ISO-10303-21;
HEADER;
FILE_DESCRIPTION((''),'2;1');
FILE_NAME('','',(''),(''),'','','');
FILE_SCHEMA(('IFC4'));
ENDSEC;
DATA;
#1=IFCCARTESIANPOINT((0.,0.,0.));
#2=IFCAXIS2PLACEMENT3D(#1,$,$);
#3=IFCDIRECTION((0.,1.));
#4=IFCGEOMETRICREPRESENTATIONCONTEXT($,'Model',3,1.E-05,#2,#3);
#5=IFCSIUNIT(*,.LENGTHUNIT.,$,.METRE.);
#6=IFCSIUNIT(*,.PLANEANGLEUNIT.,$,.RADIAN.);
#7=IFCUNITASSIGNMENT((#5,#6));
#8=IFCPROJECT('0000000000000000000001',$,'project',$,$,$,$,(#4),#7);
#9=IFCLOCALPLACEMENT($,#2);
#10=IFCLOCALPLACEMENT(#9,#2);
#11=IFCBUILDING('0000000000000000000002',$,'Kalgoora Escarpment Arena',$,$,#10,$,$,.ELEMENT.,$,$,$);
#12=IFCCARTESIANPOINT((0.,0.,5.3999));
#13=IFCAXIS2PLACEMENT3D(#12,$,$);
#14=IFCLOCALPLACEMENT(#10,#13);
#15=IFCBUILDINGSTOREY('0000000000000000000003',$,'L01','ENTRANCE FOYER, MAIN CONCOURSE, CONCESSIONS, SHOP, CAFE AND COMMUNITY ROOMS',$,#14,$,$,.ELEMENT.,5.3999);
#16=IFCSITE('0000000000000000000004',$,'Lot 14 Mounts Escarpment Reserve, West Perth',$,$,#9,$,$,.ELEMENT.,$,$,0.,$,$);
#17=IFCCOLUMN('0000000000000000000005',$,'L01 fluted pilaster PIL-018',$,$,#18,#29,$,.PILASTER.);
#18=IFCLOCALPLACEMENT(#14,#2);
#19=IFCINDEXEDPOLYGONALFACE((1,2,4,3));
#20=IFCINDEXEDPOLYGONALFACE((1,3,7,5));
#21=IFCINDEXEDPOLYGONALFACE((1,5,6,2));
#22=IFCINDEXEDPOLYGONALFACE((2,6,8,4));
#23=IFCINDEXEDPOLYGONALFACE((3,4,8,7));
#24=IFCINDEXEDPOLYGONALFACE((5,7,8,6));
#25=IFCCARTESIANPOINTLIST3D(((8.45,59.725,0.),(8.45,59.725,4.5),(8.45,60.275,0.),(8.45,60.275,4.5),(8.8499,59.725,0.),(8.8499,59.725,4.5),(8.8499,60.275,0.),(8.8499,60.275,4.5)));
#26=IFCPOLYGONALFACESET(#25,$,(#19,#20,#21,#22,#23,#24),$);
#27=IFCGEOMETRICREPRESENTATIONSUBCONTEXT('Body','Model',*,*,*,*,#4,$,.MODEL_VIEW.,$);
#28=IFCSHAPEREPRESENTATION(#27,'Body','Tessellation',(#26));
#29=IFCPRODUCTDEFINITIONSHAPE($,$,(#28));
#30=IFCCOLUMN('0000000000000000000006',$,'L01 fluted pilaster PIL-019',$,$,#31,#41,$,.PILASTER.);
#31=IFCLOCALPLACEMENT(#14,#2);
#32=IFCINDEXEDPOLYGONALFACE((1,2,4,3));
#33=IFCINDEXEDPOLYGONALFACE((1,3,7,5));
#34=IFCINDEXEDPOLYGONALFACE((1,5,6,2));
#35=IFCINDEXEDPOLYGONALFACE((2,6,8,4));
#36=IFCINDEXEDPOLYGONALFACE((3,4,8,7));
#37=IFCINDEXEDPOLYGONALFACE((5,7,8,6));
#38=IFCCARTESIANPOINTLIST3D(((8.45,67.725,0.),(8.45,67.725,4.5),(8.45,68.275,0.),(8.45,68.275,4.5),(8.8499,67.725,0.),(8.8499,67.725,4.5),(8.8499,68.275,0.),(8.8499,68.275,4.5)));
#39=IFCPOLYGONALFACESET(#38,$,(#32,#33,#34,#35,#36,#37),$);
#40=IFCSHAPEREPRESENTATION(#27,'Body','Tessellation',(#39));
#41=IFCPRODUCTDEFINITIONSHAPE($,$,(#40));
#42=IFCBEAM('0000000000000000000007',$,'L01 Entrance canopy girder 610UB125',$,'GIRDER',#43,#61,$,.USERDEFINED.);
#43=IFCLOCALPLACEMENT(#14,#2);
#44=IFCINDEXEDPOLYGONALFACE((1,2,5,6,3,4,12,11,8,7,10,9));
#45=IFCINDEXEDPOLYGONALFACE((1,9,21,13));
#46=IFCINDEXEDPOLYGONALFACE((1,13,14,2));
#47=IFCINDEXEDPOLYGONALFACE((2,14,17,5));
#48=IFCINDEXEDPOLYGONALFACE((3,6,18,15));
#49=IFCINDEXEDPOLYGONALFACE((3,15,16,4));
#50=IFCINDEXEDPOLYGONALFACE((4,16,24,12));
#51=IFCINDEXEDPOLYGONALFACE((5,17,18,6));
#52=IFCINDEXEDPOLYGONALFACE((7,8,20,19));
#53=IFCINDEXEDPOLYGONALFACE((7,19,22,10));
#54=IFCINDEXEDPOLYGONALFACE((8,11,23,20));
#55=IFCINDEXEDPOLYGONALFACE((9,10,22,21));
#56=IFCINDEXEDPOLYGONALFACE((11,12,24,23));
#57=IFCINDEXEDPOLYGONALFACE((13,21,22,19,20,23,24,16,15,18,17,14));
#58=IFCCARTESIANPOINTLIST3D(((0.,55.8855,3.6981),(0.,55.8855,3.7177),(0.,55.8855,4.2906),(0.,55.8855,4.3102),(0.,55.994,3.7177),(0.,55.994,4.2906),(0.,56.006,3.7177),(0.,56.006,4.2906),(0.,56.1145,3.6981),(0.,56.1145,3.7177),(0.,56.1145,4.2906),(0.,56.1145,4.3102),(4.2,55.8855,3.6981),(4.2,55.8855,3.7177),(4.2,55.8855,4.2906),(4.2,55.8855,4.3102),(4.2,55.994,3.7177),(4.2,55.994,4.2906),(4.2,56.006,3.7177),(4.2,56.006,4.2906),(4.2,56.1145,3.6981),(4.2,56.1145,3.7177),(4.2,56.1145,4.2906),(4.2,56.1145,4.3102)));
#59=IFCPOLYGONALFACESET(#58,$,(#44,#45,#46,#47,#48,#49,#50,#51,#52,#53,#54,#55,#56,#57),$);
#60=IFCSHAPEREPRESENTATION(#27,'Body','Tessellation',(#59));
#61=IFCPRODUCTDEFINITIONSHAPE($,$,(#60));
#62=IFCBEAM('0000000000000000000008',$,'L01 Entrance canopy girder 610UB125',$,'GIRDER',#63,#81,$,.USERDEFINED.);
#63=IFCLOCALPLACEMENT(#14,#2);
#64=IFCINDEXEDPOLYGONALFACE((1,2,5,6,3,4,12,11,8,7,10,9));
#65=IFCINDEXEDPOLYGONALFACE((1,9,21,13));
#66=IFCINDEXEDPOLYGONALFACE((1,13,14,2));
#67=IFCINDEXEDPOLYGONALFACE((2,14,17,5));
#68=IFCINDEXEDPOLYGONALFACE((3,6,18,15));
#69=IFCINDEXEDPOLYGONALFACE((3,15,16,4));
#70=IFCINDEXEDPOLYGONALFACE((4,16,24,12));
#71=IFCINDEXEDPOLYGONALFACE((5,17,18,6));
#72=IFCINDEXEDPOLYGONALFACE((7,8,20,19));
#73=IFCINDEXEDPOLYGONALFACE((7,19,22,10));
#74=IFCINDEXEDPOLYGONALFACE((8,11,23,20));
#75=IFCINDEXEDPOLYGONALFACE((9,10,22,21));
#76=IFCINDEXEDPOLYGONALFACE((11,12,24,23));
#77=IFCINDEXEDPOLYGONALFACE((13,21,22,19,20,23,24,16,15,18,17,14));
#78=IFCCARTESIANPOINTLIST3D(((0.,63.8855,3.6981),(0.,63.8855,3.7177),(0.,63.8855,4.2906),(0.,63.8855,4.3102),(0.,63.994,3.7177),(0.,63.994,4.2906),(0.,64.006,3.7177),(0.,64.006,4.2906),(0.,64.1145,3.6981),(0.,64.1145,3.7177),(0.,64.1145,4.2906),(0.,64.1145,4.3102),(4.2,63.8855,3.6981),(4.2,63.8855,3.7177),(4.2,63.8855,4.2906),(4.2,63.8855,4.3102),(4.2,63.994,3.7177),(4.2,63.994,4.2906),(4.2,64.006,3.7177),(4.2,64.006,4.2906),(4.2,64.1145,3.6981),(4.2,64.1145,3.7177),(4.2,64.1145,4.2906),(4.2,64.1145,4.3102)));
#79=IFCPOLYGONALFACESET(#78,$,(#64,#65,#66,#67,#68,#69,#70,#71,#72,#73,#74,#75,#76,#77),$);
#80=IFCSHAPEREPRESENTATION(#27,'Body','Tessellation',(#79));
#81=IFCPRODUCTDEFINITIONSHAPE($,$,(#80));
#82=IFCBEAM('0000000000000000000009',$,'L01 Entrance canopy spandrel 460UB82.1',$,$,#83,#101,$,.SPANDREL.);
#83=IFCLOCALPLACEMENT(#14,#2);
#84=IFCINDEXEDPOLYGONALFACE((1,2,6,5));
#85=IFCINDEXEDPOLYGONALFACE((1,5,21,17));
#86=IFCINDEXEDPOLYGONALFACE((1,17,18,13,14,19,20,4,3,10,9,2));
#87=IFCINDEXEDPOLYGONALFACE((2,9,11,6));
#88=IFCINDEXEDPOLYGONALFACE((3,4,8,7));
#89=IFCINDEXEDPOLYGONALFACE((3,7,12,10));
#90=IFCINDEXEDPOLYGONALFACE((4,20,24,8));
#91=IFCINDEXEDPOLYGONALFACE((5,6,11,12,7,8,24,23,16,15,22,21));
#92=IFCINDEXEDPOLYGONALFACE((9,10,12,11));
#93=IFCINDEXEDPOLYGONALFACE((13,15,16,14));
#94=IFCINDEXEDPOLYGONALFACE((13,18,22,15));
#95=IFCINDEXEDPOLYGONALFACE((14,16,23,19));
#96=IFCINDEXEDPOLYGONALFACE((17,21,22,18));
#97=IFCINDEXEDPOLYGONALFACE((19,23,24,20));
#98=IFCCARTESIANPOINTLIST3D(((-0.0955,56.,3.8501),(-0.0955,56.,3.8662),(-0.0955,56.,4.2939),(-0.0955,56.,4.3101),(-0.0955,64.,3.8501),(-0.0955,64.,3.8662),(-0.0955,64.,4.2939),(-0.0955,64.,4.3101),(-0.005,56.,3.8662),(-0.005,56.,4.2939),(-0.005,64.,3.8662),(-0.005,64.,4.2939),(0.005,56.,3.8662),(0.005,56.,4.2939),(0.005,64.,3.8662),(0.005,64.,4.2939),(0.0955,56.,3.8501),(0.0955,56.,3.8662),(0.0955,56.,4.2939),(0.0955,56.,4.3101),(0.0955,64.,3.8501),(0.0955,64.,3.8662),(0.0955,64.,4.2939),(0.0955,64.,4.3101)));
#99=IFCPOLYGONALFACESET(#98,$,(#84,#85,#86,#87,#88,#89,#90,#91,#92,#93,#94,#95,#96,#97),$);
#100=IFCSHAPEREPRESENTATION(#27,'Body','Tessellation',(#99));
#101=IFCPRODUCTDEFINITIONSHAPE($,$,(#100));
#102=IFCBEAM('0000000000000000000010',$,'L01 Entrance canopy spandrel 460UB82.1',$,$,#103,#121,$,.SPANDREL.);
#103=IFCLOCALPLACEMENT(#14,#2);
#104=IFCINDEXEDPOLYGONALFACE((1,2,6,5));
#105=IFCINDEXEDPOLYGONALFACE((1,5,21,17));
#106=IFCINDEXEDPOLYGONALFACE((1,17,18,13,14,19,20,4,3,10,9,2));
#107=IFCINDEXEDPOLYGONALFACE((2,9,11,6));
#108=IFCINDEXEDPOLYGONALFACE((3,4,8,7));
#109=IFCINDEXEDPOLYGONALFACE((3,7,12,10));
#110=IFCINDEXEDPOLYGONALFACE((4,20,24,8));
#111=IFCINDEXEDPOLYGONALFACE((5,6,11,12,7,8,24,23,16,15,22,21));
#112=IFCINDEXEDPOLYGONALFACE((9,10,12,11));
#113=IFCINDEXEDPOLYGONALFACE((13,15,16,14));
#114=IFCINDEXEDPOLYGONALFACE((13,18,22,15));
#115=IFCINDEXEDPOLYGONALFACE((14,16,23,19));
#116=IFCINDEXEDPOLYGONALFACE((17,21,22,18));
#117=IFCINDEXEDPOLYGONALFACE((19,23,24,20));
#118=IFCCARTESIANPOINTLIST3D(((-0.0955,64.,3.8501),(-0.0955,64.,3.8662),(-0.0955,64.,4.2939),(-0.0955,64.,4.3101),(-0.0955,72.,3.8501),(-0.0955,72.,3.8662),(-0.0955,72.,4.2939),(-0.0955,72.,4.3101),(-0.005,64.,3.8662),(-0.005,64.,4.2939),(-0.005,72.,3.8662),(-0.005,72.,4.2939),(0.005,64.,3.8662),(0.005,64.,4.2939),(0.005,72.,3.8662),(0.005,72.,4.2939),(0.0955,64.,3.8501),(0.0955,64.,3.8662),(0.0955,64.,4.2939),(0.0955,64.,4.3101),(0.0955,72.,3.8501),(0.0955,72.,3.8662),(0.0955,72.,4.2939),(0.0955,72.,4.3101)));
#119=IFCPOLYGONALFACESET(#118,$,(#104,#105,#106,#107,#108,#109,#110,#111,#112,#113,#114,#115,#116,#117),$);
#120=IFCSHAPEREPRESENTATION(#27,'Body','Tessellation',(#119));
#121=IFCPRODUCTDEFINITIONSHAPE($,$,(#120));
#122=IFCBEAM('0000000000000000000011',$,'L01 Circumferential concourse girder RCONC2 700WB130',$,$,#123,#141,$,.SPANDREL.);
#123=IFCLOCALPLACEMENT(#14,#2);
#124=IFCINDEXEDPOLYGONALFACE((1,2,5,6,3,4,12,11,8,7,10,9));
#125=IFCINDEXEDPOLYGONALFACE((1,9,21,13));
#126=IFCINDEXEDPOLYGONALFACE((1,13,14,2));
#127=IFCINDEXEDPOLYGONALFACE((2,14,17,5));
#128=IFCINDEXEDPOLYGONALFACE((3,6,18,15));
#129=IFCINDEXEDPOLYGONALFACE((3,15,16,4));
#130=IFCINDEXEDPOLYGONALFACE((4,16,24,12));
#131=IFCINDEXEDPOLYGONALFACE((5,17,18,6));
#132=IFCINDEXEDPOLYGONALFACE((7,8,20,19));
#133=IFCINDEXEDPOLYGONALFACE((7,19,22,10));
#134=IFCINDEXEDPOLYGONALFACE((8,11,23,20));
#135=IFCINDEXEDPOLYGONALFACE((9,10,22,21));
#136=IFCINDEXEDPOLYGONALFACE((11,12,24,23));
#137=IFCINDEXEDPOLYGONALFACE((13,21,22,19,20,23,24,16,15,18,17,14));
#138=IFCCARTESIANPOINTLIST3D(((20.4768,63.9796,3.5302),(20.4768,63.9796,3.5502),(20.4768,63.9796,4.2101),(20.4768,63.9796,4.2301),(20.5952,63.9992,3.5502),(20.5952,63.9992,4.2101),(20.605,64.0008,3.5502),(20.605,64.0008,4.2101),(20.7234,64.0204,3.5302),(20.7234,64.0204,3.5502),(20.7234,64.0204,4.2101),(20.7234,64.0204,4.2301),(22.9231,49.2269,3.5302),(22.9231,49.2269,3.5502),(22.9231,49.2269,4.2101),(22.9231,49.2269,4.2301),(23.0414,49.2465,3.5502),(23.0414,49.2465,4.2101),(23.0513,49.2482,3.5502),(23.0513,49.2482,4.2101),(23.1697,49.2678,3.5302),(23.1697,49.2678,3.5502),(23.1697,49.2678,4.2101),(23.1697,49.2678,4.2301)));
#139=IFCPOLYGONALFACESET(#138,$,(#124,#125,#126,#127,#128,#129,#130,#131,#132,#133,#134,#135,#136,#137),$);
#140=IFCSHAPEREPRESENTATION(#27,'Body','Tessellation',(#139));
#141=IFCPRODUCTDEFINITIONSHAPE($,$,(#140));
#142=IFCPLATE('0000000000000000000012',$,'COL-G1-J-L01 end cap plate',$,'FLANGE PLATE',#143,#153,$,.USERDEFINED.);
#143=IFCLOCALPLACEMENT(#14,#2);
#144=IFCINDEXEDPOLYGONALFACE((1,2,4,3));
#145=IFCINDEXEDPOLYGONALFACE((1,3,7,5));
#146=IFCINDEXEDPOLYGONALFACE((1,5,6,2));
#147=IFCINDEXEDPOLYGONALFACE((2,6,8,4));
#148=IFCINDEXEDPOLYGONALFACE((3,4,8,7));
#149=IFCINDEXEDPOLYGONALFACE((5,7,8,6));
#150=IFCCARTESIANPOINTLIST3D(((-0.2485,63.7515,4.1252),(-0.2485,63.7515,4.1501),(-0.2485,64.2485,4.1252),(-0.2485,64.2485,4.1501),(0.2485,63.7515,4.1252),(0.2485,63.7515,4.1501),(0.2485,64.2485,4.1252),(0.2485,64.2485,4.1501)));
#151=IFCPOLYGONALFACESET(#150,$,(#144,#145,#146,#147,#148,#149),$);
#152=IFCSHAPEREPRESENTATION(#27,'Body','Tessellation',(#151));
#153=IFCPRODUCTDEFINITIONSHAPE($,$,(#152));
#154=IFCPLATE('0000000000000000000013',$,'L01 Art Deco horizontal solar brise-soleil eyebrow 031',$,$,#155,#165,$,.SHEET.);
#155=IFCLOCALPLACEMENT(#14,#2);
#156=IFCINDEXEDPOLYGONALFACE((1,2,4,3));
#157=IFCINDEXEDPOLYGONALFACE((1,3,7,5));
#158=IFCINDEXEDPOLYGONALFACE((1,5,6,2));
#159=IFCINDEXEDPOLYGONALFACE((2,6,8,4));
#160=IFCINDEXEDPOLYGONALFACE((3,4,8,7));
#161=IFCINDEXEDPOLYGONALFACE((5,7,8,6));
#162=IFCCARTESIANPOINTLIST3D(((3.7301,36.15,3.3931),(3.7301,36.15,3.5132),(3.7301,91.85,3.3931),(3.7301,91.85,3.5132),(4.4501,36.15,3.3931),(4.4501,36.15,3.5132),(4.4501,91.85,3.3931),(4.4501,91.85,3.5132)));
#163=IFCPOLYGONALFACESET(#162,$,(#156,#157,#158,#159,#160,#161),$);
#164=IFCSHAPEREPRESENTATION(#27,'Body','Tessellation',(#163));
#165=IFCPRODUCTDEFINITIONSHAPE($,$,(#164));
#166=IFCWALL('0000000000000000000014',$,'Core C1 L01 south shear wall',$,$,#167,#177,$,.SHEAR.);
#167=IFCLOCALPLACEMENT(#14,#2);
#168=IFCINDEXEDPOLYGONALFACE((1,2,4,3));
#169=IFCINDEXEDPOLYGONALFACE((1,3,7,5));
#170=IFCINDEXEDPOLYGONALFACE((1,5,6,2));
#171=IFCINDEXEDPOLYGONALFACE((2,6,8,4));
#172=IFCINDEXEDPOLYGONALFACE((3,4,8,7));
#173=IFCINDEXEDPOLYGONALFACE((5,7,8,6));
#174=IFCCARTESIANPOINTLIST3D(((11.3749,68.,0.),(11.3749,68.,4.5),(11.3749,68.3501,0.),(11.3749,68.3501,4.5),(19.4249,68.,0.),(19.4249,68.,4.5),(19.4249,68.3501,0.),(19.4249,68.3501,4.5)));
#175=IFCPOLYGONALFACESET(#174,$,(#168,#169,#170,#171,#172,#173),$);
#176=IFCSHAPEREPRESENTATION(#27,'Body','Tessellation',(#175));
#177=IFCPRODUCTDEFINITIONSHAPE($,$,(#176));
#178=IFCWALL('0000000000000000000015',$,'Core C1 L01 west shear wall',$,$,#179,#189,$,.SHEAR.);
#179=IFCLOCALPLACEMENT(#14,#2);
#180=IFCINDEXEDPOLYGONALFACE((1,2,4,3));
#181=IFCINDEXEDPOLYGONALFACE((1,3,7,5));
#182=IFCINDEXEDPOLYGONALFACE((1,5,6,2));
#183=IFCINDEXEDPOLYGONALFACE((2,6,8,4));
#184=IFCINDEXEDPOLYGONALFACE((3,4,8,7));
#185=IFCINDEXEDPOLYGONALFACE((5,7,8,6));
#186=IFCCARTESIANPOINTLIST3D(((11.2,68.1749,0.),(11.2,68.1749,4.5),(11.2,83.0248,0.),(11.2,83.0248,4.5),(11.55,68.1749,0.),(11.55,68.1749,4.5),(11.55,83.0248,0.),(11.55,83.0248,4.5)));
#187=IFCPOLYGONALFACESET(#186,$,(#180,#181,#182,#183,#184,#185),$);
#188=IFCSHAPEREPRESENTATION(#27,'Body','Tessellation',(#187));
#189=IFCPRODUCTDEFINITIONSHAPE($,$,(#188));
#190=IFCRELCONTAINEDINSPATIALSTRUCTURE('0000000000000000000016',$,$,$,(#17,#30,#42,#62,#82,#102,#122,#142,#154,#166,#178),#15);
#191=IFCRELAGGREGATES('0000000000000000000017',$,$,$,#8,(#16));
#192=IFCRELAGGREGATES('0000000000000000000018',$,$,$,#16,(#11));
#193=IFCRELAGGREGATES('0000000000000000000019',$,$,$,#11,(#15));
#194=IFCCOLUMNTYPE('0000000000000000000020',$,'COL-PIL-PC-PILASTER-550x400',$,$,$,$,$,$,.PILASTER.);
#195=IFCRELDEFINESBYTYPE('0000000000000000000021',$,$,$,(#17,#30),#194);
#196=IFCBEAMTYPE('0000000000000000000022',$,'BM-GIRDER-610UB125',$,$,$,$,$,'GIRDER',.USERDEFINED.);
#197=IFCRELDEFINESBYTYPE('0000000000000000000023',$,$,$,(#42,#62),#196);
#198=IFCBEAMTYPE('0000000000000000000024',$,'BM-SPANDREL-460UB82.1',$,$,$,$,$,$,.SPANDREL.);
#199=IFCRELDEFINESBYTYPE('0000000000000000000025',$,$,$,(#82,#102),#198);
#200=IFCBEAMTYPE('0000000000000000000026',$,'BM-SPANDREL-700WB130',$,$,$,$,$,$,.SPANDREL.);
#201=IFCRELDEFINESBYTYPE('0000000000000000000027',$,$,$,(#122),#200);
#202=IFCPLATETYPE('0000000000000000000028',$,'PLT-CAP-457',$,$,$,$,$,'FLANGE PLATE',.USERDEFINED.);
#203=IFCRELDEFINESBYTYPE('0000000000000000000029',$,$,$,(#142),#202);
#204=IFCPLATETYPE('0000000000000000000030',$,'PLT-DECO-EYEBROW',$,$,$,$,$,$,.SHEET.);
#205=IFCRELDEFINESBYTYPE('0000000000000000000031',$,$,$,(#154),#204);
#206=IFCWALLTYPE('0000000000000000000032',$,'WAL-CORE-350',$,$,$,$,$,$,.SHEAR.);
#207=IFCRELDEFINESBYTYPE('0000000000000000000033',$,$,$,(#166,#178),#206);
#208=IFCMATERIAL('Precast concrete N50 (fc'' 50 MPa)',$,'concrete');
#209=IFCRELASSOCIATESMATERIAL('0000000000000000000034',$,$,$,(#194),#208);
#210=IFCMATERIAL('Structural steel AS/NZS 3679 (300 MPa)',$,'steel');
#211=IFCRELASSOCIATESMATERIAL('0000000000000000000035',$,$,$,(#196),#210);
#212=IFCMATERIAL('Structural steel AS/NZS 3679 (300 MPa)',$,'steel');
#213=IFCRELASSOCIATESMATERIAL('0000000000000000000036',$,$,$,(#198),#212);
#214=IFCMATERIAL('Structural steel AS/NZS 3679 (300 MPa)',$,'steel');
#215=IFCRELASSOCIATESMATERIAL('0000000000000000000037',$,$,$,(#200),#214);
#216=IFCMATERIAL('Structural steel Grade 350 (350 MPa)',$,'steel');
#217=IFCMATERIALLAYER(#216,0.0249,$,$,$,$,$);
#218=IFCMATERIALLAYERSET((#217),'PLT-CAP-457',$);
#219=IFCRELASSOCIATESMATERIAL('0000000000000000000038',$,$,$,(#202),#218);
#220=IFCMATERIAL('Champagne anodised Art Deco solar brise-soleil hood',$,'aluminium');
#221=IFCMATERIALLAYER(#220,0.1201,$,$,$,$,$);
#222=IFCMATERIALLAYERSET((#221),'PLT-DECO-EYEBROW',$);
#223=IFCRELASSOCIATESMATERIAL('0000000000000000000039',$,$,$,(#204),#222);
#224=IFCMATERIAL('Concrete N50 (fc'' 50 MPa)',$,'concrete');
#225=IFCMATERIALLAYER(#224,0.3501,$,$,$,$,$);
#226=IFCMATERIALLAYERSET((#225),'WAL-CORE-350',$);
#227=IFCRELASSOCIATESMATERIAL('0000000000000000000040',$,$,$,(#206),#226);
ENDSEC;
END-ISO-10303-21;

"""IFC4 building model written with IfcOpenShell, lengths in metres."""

from ifc_helpers import new_model, si_unit, direction, frame, frame_2d, origin, origin_2d, place, context, subcontext, project, spatial, rectangle, i_section, extrude, material, layer, layer_set, material_profile, profile_set, type_object, element, save


model = new_model("IFC4")

# Units and contexts
model_context = context("Model", 3, precision=1e-05, world=origin(), true_north=direction((0.0, 1.0)))
body_context = subcontext(model_context, "Body", "Model", "MODEL_VIEW")
ifc_project = project(units=[si_unit("LENGTHUNIT", "METRE"), si_unit("PLANEANGLEUNIT", "RADIAN")], contexts=[model_context])

# Site, building, storey
site_placement = place(None, origin())
site = spatial("IfcSite", under=ifc_project, at=site_placement, Name="Lot 14 Mounts Escarpment Reserve, West Perth", CompositionType="ELEMENT", RefElevation=0.0)
building_placement = place(site_placement, origin())
building = spatial("IfcBuilding", under=site, at=building_placement, Name="Kalgoora Escarpment Arena", CompositionType="ELEMENT")
storey_placement = place(building_placement, frame((0.0, 0.0, 5.3999)))
storey = spatial("IfcBuildingStorey", under=building, at=storey_placement, Name="L01", Description="ENTRANCE FOYER, MAIN CONCOURSE, CONCESSIONS, SHOP, CAFE AND COMMUNITY ROOMS", CompositionType="ELEMENT", Elevation=5.3999)

# Columns
ifc_material_1 = material(Name="Precast concrete N50 (fc' 50 MPa)", Category="concrete")
ifc_material_profile_1 = material_profile(ifc_material_1, rectangle(XDim=0.3999, YDim=0.55, at=origin_2d()))
ifc_profile_set_1 = profile_set([ifc_material_profile_1], Name="Precast concrete N50 (fc' 50 MPa)")
column_type_1 = type_object("IfcColumnType", Name="COL-PIL-PC-PILASTER-550x400", PredefinedType="PILASTER", material=ifc_profile_set_1)
for number, where, z_axis, x_axis, name in (
    (1, (8.6499, 60.0, 0.0), (0.0, 0.0, 1.0), (1.0, 0.0, 0.0), "L01 fluted pilaster PIL-018"),
    (2, (8.6499, 68.0, 0.0), (0.0, 0.0, 1.0), (1.0, 0.0, 0.0), "L01 fluted pilaster PIL-019"),
):
    element("IfcColumn", number, at=place(storey_placement, frame(where, z_axis=z_axis, x_axis=x_axis)), inside=storey, type_object=column_type_1, Name=name, PredefinedType="PILASTER", context=body_context, shape_type="SweptSolid", body=[
        extrude(rectangle(XDim=0.3999, YDim=0.55, at=origin_2d()), origin(), (0.0, 0.0, 1.0), 4.5),
    ])

# Beams
ifc_material_2 = material(Name="Structural steel AS/NZS 3679 (300 MPa)", Category="steel")
ifc_material_profile_2 = material_profile(ifc_material_2, i_section(OverallWidth=0.229, OverallDepth=0.6121, WebThickness=0.012, FlangeThickness=0.0195, at=origin_2d()))
ifc_profile_set_2 = profile_set([ifc_material_profile_2], Name="Structural steel AS/NZS 3679 (300 MPa)")
beam_type_1 = type_object("IfcBeamType", Name="BM-GIRDER-610UB125", ElementType="GIRDER", PredefinedType="USERDEFINED", material=ifc_profile_set_2)
for number, where, z_axis, x_axis, name in (
    (3, (0.0, 56.0, 4.0042), (1.0, 0.0, 0.0), (0.0, 1.0, 0.0), "L01 Entrance canopy girder 610UB125"),
    (4, (0.0, 64.0, 4.0042), (1.0, 0.0, 0.0), (0.0, 1.0, 0.0), "L01 Entrance canopy girder 610UB125"),
):
    element("IfcBeam", number, at=place(storey_placement, frame(where, z_axis=z_axis, x_axis=x_axis)), inside=storey, type_object=beam_type_1, Name=name, ObjectType="GIRDER", PredefinedType="USERDEFINED", context=body_context, shape_type="SweptSolid", body=[
        extrude(i_section(OverallWidth=0.229, OverallDepth=0.6121, WebThickness=0.012, FlangeThickness=0.0195, at=origin_2d()), origin(), (0.0, 0.0, 1.0), 4.2),
    ])
ifc_material_3 = material(Name="Structural steel AS/NZS 3679 (300 MPa)", Category="steel")
ifc_material_profile_3 = material_profile(ifc_material_3, i_section(OverallWidth=0.1909, OverallDepth=0.46, WebThickness=0.01, FlangeThickness=0.0161, at=origin_2d()))
ifc_profile_set_3 = profile_set([ifc_material_profile_3], Name="Structural steel AS/NZS 3679 (300 MPa)")
beam_type_2 = type_object("IfcBeamType", Name="BM-SPANDREL-460UB82.1", PredefinedType="SPANDREL", material=ifc_profile_set_3)
for number, where, z_axis, x_axis, name in (
    (5, (0.0, 56.0, 4.0801), (0.0, 1.0, 0.0), (-1.0, 0.0, 0.0), "L01 Entrance canopy spandrel 460UB82.1"),
    (6, (0.0, 64.0, 4.0801), (0.0, 1.0, 0.0), (-1.0, 0.0, 0.0), "L01 Entrance canopy spandrel 460UB82.1"),
):
    element("IfcBeam", number, at=place(storey_placement, frame(where, z_axis=z_axis, x_axis=x_axis)), inside=storey, type_object=beam_type_2, Name=name, PredefinedType="SPANDREL", context=body_context, shape_type="SweptSolid", body=[
        extrude(i_section(OverallWidth=0.1909, OverallDepth=0.46, WebThickness=0.01, FlangeThickness=0.0161, at=origin_2d()), origin(), (0.0, 0.0, 1.0), 8.0),
    ])
ifc_material_4 = material(Name="Structural steel AS/NZS 3679 (300 MPa)", Category="steel")
ifc_material_profile_4 = material_profile(ifc_material_4, i_section(OverallWidth=0.25, OverallDepth=0.7, WebThickness=0.01, FlangeThickness=0.02, at=origin_2d()))
ifc_profile_set_4 = profile_set([ifc_material_profile_4], Name="Structural steel AS/NZS 3679 (300 MPa)")
beam_type_3 = type_object("IfcBeamType", Name="BM-SPANDREL-700WB130", PredefinedType="SPANDREL", material=ifc_profile_set_4)
beam_placement = place(storey_placement, frame((20.6001, 64.0, 3.8801), z_axis=(0.163586, -0.986529, 0.0), x_axis=(0.986529, 0.163586, 0.0)))
element("IfcBeam", 7, at=beam_placement, inside=storey, type_object=beam_type_3, Name="L01 Circumferential concourse girder RCONC2 700WB130", PredefinedType="SPANDREL", context=body_context, shape_type="SweptSolid", body=[
    extrude(i_section(OverallWidth=0.25, OverallDepth=0.7, WebThickness=0.01, FlangeThickness=0.02, at=origin_2d()), origin(), (0.0, 0.0, 1.0), 14.9541),
])

# Plates
ifc_material_5 = material(Name="Structural steel Grade 350 (350 MPa)", Category="steel")
ifc_layer_1 = layer(ifc_material_5, 0.0249)
ifc_layer_set_1 = layer_set([ifc_layer_1], Name="PLT-CAP-457")
plate_type_1 = type_object("IfcPlateType", Name="PLT-CAP-457", ElementType="FLANGE PLATE", PredefinedType="USERDEFINED", material=ifc_layer_set_1)
plate_1_placement = place(storey_placement, frame((0.0, 64.0, 4.1252), z_axis=(0.0, 0.0, 1.0), x_axis=(1.0, 0.0, 0.0)))
element("IfcPlate", 8, at=plate_1_placement, inside=storey, type_object=plate_type_1, Name="COL-G1-J-L01 end cap plate", ObjectType="FLANGE PLATE", PredefinedType="USERDEFINED", context=body_context, shape_type="SweptSolid", body=[
    extrude(rectangle(XDim=0.4971, YDim=0.4971, at=origin_2d()), origin(), (0.0, 0.0, 1.0), 0.0249),
])
ifc_material_6 = material(Name="Champagne anodised Art Deco solar brise-soleil hood", Category="aluminium")
ifc_layer_2 = layer(ifc_material_6, 0.1201)
ifc_layer_set_2 = layer_set([ifc_layer_2], Name="PLT-DECO-EYEBROW")
plate_type_2 = type_object("IfcPlateType", Name="PLT-DECO-EYEBROW", PredefinedType="SHEET", material=ifc_layer_set_2)
plate_2_placement = place(storey_placement, frame((4.0901, 64.0, 3.3931), z_axis=(0.0, 0.0, 1.0), x_axis=(0.0, 1.0, 0.0)))
element("IfcPlate", 9, at=plate_2_placement, inside=storey, type_object=plate_type_2, Name="L01 Art Deco horizontal solar brise-soleil eyebrow 031", PredefinedType="SHEET", context=body_context, shape_type="SweptSolid", body=[
    extrude(rectangle(XDim=55.7, YDim=0.72, at=origin_2d()), origin(), (0.0, 0.0, 1.0), 0.1201),
])

# Walls
ifc_material_7 = material(Name="Concrete N50 (fc' 50 MPa)", Category="concrete")
ifc_layer_3 = layer(ifc_material_7, 0.3501)
ifc_layer_set_3 = layer_set([ifc_layer_3], Name="WAL-CORE-350")
wall_type_1 = type_object("IfcWallType", Name="WAL-CORE-350", PredefinedType="SHEAR", material=ifc_layer_set_3)
wall_1_placement = place(storey_placement, frame((11.375, 68.175, 0.0), z_axis=(0.0, 0.0, 1.0), x_axis=(1.0, 0.0, 0.0)))
element("IfcWall", 10, at=wall_1_placement, inside=storey, type_object=wall_type_1, Name="Core C1 L01 south shear wall", PredefinedType="SHEAR", context=body_context, shape_type="SweptSolid", body=[
    extrude(rectangle(XDim=8.05, YDim=0.3501, at=frame_2d((4.0249, 0.0))), origin(), (0.0, 0.0, 1.0), 4.5),
])
wall_2_placement = place(storey_placement, frame((11.375, 68.175, 0.0), z_axis=(0.0, 0.0, 1.0), x_axis=(0.0, 1.0, 0.0)))
element("IfcWall", 11, at=wall_2_placement, inside=storey, type_object=wall_type_1, Name="Core C1 L01 west shear wall", PredefinedType="SHEAR", context=body_context, shape_type="SweptSolid", body=[
    extrude(rectangle(XDim=14.8499, YDim=0.3501, at=frame_2d((7.4248, 0.0))), origin(), (0.0, 0.0, 1.0), 4.5),
])

save(model, "model.ifc")
